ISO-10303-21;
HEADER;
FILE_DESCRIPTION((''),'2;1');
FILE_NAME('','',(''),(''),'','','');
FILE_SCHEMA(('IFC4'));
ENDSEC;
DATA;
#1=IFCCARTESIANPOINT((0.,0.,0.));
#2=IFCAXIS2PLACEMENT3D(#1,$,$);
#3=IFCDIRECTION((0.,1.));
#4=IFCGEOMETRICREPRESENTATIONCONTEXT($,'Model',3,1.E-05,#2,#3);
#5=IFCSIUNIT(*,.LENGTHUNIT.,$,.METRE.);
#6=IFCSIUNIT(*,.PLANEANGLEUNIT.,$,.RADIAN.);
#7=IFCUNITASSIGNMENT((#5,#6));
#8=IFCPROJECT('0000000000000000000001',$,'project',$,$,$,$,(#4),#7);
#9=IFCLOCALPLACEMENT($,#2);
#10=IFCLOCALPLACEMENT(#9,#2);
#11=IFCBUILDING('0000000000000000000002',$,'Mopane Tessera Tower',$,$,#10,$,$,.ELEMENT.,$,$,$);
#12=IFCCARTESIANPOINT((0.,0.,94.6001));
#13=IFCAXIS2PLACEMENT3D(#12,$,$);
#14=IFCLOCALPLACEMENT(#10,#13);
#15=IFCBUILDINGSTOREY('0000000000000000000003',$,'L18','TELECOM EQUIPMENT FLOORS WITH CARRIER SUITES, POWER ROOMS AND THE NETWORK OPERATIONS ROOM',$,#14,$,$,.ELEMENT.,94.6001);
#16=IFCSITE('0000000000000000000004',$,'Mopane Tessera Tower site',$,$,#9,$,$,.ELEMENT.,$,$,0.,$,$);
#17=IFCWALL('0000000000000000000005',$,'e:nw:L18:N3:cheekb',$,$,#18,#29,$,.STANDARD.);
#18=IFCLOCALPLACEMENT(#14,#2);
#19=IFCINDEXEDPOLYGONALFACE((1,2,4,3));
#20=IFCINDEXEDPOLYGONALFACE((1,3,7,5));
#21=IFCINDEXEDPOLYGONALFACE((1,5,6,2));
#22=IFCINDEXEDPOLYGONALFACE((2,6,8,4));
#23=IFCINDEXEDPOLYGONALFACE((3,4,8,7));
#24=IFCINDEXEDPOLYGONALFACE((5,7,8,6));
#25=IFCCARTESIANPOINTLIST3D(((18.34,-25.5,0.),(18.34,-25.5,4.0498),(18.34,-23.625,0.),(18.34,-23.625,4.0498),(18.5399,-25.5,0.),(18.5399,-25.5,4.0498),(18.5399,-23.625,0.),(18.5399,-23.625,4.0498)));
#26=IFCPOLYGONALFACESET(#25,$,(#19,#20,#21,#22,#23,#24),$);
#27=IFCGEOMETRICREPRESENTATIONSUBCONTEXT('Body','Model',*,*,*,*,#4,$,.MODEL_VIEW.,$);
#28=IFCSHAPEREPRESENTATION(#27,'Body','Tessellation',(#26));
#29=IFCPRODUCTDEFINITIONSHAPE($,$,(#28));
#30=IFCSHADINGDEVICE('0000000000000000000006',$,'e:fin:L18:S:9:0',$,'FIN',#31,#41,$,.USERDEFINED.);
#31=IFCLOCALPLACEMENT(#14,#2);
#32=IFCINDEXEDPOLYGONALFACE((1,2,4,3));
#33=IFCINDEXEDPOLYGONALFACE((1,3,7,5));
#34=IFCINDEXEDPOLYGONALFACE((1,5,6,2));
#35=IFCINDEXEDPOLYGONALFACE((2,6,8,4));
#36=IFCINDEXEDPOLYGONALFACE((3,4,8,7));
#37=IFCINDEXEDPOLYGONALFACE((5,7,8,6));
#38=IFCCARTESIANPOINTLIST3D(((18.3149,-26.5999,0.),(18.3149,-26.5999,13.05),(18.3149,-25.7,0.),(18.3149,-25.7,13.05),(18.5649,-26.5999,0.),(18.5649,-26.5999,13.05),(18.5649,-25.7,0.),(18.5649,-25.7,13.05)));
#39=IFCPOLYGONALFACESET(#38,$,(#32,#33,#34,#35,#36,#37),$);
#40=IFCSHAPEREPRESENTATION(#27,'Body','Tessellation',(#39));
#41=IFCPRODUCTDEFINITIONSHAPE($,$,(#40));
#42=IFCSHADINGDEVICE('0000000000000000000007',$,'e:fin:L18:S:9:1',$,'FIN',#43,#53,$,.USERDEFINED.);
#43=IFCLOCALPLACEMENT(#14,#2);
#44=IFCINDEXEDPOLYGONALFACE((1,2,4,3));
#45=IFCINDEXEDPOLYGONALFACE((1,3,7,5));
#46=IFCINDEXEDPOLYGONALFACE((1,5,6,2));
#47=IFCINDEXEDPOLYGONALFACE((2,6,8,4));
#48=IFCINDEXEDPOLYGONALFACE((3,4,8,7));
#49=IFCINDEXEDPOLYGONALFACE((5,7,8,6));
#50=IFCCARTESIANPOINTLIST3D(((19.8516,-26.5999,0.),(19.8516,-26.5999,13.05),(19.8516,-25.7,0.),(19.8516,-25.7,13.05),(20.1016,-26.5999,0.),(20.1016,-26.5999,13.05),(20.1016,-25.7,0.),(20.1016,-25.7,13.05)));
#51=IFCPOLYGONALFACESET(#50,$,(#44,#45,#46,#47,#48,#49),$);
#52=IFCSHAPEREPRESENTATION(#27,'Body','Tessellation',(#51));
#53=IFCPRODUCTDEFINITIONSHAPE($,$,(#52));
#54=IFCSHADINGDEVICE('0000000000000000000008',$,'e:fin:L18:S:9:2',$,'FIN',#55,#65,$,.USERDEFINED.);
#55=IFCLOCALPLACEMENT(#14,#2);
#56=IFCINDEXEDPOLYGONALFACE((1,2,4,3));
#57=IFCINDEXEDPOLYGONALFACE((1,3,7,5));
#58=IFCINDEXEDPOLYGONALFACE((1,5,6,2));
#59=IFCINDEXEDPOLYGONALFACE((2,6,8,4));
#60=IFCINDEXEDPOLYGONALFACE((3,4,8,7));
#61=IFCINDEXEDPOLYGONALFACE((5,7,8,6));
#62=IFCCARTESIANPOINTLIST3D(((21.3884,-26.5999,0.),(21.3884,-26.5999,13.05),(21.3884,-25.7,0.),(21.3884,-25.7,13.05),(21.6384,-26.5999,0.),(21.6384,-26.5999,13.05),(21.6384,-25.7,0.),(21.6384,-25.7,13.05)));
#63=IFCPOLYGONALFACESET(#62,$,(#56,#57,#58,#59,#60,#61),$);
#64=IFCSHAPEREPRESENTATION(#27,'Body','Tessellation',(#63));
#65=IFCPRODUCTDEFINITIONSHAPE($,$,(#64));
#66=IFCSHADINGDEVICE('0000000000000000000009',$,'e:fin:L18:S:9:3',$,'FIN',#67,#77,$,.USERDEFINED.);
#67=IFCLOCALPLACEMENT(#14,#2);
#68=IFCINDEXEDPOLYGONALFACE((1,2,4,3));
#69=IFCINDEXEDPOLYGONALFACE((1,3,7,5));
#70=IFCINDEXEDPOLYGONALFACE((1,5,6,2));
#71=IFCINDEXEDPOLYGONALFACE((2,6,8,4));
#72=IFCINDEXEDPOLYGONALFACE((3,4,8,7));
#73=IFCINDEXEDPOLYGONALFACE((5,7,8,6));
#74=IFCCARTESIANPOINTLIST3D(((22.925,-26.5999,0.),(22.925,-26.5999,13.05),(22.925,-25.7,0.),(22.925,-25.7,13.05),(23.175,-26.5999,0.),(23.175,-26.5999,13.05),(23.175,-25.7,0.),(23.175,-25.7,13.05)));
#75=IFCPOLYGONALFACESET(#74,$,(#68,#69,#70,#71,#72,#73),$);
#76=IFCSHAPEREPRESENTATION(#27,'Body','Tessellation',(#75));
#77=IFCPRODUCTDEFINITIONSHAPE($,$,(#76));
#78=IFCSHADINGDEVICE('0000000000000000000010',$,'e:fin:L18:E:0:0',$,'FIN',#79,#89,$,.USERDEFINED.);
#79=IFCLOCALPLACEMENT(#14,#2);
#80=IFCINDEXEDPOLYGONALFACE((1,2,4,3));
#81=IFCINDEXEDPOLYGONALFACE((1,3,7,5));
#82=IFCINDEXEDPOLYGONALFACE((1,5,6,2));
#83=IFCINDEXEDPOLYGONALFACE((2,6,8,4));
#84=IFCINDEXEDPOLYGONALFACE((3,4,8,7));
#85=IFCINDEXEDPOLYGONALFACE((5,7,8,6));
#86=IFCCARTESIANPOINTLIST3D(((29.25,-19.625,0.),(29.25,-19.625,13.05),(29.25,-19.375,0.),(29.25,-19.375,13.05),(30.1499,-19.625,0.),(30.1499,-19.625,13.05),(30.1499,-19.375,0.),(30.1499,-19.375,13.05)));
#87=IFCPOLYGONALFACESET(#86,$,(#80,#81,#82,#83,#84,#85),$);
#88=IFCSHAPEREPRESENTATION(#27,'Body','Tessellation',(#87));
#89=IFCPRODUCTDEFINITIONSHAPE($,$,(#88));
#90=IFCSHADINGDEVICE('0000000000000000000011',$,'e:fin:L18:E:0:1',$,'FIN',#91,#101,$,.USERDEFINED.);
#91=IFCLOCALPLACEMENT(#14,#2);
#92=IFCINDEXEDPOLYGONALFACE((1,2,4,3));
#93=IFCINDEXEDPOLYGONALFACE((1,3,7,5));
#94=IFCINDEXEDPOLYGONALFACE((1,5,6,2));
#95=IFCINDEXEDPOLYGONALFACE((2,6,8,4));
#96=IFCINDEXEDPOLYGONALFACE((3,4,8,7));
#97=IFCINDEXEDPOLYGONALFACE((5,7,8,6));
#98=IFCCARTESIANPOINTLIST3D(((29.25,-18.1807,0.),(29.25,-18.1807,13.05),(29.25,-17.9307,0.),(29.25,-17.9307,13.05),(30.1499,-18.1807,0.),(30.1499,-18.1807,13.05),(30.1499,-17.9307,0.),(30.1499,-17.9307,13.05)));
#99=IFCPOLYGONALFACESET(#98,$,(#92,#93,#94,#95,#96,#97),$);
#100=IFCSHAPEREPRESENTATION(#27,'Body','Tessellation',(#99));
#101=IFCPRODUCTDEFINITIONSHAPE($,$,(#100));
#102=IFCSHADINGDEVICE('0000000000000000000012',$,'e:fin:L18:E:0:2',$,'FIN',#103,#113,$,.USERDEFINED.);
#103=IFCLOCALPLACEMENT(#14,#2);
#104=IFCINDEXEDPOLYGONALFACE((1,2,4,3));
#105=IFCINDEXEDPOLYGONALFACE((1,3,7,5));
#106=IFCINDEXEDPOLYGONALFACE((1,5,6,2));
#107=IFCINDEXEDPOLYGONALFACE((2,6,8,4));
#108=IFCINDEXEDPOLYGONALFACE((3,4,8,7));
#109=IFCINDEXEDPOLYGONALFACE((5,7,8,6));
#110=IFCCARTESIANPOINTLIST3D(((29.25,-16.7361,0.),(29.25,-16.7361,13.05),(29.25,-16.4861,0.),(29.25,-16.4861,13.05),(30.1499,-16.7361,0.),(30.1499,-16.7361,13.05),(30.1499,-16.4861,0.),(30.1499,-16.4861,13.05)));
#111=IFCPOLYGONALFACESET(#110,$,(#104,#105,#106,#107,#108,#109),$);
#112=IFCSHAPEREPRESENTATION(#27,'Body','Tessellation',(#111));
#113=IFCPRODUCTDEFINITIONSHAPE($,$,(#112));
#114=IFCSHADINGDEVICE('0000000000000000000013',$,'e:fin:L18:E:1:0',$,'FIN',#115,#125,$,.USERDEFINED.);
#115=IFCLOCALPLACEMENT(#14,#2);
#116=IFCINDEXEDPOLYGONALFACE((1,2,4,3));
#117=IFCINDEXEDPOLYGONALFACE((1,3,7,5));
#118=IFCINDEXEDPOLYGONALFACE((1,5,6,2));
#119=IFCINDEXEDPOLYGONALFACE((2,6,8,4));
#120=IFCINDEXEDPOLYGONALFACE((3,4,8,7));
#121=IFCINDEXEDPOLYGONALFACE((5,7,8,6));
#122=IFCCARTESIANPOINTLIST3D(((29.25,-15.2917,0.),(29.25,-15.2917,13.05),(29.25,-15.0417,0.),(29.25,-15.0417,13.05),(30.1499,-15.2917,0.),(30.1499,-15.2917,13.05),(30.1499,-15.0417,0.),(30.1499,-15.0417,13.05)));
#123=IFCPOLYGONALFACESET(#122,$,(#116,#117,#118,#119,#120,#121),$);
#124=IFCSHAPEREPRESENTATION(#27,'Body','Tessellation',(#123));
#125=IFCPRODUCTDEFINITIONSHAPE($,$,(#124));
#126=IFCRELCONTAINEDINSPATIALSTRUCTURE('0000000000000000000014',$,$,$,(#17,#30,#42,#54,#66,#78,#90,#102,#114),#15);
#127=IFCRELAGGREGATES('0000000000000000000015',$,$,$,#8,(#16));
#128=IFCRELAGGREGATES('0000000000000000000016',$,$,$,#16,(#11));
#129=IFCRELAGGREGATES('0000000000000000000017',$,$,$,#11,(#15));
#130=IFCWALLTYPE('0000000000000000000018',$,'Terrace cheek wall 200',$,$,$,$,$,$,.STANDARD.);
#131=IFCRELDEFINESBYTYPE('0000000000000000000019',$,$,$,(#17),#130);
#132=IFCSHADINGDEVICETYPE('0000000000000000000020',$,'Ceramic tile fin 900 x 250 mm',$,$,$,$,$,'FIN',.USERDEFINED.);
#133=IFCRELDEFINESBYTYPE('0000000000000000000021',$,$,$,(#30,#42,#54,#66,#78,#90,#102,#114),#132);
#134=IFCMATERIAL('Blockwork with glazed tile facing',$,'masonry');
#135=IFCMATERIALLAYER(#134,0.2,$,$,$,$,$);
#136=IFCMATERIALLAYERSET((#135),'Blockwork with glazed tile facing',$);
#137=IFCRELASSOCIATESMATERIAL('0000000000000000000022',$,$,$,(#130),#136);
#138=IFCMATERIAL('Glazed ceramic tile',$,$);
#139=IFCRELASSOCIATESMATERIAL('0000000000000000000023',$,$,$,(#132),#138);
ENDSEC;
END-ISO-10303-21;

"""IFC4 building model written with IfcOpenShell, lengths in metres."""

from ifc_helpers import new_model, si_unit, direction, frame, frame_2d, origin, origin_2d, place, context, subcontext, project, spatial, rectangle, extrude, material, layer, layer_set, type_object, element, save


model = new_model("IFC4")

# Units and contexts
model_context = context("Model", 3, precision=1e-05, world=origin(), true_north=direction((0.0, 1.0)))
body_context = subcontext(model_context, "Body", "Model", "MODEL_VIEW")
ifc_project = project(units=[si_unit("LENGTHUNIT", "METRE"), si_unit("PLANEANGLEUNIT", "RADIAN")], contexts=[model_context])

# Site, building, storey
site_placement = place(None, origin())
site = spatial("IfcSite", under=ifc_project, at=site_placement, Name="Mopane Tessera Tower site", CompositionType="ELEMENT", RefElevation=0.0)
building_placement = place(site_placement, origin())
building = spatial("IfcBuilding", under=site, at=building_placement, Name="Mopane Tessera Tower", CompositionType="ELEMENT")
storey_placement = place(building_placement, frame((0.0, 0.0, 94.6001)))
storey = spatial("IfcBuildingStorey", under=building, at=storey_placement, Name="L18", Description="TELECOM EQUIPMENT FLOORS WITH CARRIER SUITES, POWER ROOMS AND THE NETWORK OPERATIONS ROOM", CompositionType="ELEMENT", Elevation=94.6001)

# Wall
ifc_material_1 = material(Name="Blockwork with glazed tile facing", Category="masonry")
ifc_layer_1 = layer(ifc_material_1, 0.2)
ifc_layer_set_1 = layer_set([ifc_layer_1], Name="Blockwork with glazed tile facing")
wall_type_1 = type_object("IfcWallType", Name="Terrace cheek wall 200", PredefinedType="STANDARD", material=ifc_layer_set_1)
wall_1_placement = place(storey_placement, frame((18.4399, -25.5, 0.0), z_axis=(0.0, 0.0, 1.0), x_axis=(0.0, 1.0, 0.0)))
element("IfcWall", 1, at=wall_1_placement, inside=storey, type_object=wall_type_1, Name="e:nw:L18:N3:cheekb", PredefinedType="STANDARD", context=body_context, shape_type="SweptSolid", body=[
    extrude(rectangle(XDim=1.875, YDim=0.2, at=frame_2d((0.9375, 0.0))), origin(), (0.0, 0.0, 1.0), 4.0498),
])

# Shading devices
ifc_material_2 = material(Name="Glazed ceramic tile")
shading_device_type = type_object("IfcShadingDeviceType", Name="Ceramic tile fin 900 x 250 mm", ElementType="FIN", PredefinedType="USERDEFINED", material=ifc_material_2)
for number, where, z_axis, x_axis, name in (
    (2, (18.4399, -26.1499, 0.0), (0.0, 0.0, 1.0), (1.0, 0.0, 0.0), "e:fin:L18:S:9:0"),
    (3, (19.9766, -26.1499, 0.0), (0.0, 0.0, 1.0), (1.0, 0.0, 0.0), "e:fin:L18:S:9:1"),
    (4, (21.5134, -26.1499, 0.0), (0.0, 0.0, 1.0), (1.0, 0.0, 0.0), "e:fin:L18:S:9:2"),
    (5, (23.05, -26.1499, 0.0), (0.0, 0.0, 1.0), (1.0, 0.0, 0.0), "e:fin:L18:S:9:3"),
    (6, (29.7, -19.5, 0.0), (0.0, 0.0, 1.0), (0.0, 1.0, 0.0), "e:fin:L18:E:0:0"),
    (7, (29.7, -18.0557, 0.0), (0.0, 0.0, 1.0), (0.0, 1.0, 0.0), "e:fin:L18:E:0:1"),
    (8, (29.7, -16.6111, 0.0), (0.0, 0.0, 1.0), (0.0, 1.0, 0.0), "e:fin:L18:E:0:2"),
    (9, (29.7, -15.1667, 0.0), (0.0, 0.0, 1.0), (0.0, 1.0, 0.0), "e:fin:L18:E:1:0"),
):
    element("IfcShadingDevice", number, at=place(storey_placement, frame(where, z_axis=z_axis, x_axis=x_axis)), inside=storey, type_object=shading_device_type, Name=name, ObjectType="FIN", PredefinedType="USERDEFINED", context=body_context, shape_type="SweptSolid", body=[
        extrude(rectangle(XDim=0.25, YDim=0.8999, at=origin_2d()), origin(), (0.0, 0.0, 1.0), 13.05),
    ])

save(model, "model.ifc")
